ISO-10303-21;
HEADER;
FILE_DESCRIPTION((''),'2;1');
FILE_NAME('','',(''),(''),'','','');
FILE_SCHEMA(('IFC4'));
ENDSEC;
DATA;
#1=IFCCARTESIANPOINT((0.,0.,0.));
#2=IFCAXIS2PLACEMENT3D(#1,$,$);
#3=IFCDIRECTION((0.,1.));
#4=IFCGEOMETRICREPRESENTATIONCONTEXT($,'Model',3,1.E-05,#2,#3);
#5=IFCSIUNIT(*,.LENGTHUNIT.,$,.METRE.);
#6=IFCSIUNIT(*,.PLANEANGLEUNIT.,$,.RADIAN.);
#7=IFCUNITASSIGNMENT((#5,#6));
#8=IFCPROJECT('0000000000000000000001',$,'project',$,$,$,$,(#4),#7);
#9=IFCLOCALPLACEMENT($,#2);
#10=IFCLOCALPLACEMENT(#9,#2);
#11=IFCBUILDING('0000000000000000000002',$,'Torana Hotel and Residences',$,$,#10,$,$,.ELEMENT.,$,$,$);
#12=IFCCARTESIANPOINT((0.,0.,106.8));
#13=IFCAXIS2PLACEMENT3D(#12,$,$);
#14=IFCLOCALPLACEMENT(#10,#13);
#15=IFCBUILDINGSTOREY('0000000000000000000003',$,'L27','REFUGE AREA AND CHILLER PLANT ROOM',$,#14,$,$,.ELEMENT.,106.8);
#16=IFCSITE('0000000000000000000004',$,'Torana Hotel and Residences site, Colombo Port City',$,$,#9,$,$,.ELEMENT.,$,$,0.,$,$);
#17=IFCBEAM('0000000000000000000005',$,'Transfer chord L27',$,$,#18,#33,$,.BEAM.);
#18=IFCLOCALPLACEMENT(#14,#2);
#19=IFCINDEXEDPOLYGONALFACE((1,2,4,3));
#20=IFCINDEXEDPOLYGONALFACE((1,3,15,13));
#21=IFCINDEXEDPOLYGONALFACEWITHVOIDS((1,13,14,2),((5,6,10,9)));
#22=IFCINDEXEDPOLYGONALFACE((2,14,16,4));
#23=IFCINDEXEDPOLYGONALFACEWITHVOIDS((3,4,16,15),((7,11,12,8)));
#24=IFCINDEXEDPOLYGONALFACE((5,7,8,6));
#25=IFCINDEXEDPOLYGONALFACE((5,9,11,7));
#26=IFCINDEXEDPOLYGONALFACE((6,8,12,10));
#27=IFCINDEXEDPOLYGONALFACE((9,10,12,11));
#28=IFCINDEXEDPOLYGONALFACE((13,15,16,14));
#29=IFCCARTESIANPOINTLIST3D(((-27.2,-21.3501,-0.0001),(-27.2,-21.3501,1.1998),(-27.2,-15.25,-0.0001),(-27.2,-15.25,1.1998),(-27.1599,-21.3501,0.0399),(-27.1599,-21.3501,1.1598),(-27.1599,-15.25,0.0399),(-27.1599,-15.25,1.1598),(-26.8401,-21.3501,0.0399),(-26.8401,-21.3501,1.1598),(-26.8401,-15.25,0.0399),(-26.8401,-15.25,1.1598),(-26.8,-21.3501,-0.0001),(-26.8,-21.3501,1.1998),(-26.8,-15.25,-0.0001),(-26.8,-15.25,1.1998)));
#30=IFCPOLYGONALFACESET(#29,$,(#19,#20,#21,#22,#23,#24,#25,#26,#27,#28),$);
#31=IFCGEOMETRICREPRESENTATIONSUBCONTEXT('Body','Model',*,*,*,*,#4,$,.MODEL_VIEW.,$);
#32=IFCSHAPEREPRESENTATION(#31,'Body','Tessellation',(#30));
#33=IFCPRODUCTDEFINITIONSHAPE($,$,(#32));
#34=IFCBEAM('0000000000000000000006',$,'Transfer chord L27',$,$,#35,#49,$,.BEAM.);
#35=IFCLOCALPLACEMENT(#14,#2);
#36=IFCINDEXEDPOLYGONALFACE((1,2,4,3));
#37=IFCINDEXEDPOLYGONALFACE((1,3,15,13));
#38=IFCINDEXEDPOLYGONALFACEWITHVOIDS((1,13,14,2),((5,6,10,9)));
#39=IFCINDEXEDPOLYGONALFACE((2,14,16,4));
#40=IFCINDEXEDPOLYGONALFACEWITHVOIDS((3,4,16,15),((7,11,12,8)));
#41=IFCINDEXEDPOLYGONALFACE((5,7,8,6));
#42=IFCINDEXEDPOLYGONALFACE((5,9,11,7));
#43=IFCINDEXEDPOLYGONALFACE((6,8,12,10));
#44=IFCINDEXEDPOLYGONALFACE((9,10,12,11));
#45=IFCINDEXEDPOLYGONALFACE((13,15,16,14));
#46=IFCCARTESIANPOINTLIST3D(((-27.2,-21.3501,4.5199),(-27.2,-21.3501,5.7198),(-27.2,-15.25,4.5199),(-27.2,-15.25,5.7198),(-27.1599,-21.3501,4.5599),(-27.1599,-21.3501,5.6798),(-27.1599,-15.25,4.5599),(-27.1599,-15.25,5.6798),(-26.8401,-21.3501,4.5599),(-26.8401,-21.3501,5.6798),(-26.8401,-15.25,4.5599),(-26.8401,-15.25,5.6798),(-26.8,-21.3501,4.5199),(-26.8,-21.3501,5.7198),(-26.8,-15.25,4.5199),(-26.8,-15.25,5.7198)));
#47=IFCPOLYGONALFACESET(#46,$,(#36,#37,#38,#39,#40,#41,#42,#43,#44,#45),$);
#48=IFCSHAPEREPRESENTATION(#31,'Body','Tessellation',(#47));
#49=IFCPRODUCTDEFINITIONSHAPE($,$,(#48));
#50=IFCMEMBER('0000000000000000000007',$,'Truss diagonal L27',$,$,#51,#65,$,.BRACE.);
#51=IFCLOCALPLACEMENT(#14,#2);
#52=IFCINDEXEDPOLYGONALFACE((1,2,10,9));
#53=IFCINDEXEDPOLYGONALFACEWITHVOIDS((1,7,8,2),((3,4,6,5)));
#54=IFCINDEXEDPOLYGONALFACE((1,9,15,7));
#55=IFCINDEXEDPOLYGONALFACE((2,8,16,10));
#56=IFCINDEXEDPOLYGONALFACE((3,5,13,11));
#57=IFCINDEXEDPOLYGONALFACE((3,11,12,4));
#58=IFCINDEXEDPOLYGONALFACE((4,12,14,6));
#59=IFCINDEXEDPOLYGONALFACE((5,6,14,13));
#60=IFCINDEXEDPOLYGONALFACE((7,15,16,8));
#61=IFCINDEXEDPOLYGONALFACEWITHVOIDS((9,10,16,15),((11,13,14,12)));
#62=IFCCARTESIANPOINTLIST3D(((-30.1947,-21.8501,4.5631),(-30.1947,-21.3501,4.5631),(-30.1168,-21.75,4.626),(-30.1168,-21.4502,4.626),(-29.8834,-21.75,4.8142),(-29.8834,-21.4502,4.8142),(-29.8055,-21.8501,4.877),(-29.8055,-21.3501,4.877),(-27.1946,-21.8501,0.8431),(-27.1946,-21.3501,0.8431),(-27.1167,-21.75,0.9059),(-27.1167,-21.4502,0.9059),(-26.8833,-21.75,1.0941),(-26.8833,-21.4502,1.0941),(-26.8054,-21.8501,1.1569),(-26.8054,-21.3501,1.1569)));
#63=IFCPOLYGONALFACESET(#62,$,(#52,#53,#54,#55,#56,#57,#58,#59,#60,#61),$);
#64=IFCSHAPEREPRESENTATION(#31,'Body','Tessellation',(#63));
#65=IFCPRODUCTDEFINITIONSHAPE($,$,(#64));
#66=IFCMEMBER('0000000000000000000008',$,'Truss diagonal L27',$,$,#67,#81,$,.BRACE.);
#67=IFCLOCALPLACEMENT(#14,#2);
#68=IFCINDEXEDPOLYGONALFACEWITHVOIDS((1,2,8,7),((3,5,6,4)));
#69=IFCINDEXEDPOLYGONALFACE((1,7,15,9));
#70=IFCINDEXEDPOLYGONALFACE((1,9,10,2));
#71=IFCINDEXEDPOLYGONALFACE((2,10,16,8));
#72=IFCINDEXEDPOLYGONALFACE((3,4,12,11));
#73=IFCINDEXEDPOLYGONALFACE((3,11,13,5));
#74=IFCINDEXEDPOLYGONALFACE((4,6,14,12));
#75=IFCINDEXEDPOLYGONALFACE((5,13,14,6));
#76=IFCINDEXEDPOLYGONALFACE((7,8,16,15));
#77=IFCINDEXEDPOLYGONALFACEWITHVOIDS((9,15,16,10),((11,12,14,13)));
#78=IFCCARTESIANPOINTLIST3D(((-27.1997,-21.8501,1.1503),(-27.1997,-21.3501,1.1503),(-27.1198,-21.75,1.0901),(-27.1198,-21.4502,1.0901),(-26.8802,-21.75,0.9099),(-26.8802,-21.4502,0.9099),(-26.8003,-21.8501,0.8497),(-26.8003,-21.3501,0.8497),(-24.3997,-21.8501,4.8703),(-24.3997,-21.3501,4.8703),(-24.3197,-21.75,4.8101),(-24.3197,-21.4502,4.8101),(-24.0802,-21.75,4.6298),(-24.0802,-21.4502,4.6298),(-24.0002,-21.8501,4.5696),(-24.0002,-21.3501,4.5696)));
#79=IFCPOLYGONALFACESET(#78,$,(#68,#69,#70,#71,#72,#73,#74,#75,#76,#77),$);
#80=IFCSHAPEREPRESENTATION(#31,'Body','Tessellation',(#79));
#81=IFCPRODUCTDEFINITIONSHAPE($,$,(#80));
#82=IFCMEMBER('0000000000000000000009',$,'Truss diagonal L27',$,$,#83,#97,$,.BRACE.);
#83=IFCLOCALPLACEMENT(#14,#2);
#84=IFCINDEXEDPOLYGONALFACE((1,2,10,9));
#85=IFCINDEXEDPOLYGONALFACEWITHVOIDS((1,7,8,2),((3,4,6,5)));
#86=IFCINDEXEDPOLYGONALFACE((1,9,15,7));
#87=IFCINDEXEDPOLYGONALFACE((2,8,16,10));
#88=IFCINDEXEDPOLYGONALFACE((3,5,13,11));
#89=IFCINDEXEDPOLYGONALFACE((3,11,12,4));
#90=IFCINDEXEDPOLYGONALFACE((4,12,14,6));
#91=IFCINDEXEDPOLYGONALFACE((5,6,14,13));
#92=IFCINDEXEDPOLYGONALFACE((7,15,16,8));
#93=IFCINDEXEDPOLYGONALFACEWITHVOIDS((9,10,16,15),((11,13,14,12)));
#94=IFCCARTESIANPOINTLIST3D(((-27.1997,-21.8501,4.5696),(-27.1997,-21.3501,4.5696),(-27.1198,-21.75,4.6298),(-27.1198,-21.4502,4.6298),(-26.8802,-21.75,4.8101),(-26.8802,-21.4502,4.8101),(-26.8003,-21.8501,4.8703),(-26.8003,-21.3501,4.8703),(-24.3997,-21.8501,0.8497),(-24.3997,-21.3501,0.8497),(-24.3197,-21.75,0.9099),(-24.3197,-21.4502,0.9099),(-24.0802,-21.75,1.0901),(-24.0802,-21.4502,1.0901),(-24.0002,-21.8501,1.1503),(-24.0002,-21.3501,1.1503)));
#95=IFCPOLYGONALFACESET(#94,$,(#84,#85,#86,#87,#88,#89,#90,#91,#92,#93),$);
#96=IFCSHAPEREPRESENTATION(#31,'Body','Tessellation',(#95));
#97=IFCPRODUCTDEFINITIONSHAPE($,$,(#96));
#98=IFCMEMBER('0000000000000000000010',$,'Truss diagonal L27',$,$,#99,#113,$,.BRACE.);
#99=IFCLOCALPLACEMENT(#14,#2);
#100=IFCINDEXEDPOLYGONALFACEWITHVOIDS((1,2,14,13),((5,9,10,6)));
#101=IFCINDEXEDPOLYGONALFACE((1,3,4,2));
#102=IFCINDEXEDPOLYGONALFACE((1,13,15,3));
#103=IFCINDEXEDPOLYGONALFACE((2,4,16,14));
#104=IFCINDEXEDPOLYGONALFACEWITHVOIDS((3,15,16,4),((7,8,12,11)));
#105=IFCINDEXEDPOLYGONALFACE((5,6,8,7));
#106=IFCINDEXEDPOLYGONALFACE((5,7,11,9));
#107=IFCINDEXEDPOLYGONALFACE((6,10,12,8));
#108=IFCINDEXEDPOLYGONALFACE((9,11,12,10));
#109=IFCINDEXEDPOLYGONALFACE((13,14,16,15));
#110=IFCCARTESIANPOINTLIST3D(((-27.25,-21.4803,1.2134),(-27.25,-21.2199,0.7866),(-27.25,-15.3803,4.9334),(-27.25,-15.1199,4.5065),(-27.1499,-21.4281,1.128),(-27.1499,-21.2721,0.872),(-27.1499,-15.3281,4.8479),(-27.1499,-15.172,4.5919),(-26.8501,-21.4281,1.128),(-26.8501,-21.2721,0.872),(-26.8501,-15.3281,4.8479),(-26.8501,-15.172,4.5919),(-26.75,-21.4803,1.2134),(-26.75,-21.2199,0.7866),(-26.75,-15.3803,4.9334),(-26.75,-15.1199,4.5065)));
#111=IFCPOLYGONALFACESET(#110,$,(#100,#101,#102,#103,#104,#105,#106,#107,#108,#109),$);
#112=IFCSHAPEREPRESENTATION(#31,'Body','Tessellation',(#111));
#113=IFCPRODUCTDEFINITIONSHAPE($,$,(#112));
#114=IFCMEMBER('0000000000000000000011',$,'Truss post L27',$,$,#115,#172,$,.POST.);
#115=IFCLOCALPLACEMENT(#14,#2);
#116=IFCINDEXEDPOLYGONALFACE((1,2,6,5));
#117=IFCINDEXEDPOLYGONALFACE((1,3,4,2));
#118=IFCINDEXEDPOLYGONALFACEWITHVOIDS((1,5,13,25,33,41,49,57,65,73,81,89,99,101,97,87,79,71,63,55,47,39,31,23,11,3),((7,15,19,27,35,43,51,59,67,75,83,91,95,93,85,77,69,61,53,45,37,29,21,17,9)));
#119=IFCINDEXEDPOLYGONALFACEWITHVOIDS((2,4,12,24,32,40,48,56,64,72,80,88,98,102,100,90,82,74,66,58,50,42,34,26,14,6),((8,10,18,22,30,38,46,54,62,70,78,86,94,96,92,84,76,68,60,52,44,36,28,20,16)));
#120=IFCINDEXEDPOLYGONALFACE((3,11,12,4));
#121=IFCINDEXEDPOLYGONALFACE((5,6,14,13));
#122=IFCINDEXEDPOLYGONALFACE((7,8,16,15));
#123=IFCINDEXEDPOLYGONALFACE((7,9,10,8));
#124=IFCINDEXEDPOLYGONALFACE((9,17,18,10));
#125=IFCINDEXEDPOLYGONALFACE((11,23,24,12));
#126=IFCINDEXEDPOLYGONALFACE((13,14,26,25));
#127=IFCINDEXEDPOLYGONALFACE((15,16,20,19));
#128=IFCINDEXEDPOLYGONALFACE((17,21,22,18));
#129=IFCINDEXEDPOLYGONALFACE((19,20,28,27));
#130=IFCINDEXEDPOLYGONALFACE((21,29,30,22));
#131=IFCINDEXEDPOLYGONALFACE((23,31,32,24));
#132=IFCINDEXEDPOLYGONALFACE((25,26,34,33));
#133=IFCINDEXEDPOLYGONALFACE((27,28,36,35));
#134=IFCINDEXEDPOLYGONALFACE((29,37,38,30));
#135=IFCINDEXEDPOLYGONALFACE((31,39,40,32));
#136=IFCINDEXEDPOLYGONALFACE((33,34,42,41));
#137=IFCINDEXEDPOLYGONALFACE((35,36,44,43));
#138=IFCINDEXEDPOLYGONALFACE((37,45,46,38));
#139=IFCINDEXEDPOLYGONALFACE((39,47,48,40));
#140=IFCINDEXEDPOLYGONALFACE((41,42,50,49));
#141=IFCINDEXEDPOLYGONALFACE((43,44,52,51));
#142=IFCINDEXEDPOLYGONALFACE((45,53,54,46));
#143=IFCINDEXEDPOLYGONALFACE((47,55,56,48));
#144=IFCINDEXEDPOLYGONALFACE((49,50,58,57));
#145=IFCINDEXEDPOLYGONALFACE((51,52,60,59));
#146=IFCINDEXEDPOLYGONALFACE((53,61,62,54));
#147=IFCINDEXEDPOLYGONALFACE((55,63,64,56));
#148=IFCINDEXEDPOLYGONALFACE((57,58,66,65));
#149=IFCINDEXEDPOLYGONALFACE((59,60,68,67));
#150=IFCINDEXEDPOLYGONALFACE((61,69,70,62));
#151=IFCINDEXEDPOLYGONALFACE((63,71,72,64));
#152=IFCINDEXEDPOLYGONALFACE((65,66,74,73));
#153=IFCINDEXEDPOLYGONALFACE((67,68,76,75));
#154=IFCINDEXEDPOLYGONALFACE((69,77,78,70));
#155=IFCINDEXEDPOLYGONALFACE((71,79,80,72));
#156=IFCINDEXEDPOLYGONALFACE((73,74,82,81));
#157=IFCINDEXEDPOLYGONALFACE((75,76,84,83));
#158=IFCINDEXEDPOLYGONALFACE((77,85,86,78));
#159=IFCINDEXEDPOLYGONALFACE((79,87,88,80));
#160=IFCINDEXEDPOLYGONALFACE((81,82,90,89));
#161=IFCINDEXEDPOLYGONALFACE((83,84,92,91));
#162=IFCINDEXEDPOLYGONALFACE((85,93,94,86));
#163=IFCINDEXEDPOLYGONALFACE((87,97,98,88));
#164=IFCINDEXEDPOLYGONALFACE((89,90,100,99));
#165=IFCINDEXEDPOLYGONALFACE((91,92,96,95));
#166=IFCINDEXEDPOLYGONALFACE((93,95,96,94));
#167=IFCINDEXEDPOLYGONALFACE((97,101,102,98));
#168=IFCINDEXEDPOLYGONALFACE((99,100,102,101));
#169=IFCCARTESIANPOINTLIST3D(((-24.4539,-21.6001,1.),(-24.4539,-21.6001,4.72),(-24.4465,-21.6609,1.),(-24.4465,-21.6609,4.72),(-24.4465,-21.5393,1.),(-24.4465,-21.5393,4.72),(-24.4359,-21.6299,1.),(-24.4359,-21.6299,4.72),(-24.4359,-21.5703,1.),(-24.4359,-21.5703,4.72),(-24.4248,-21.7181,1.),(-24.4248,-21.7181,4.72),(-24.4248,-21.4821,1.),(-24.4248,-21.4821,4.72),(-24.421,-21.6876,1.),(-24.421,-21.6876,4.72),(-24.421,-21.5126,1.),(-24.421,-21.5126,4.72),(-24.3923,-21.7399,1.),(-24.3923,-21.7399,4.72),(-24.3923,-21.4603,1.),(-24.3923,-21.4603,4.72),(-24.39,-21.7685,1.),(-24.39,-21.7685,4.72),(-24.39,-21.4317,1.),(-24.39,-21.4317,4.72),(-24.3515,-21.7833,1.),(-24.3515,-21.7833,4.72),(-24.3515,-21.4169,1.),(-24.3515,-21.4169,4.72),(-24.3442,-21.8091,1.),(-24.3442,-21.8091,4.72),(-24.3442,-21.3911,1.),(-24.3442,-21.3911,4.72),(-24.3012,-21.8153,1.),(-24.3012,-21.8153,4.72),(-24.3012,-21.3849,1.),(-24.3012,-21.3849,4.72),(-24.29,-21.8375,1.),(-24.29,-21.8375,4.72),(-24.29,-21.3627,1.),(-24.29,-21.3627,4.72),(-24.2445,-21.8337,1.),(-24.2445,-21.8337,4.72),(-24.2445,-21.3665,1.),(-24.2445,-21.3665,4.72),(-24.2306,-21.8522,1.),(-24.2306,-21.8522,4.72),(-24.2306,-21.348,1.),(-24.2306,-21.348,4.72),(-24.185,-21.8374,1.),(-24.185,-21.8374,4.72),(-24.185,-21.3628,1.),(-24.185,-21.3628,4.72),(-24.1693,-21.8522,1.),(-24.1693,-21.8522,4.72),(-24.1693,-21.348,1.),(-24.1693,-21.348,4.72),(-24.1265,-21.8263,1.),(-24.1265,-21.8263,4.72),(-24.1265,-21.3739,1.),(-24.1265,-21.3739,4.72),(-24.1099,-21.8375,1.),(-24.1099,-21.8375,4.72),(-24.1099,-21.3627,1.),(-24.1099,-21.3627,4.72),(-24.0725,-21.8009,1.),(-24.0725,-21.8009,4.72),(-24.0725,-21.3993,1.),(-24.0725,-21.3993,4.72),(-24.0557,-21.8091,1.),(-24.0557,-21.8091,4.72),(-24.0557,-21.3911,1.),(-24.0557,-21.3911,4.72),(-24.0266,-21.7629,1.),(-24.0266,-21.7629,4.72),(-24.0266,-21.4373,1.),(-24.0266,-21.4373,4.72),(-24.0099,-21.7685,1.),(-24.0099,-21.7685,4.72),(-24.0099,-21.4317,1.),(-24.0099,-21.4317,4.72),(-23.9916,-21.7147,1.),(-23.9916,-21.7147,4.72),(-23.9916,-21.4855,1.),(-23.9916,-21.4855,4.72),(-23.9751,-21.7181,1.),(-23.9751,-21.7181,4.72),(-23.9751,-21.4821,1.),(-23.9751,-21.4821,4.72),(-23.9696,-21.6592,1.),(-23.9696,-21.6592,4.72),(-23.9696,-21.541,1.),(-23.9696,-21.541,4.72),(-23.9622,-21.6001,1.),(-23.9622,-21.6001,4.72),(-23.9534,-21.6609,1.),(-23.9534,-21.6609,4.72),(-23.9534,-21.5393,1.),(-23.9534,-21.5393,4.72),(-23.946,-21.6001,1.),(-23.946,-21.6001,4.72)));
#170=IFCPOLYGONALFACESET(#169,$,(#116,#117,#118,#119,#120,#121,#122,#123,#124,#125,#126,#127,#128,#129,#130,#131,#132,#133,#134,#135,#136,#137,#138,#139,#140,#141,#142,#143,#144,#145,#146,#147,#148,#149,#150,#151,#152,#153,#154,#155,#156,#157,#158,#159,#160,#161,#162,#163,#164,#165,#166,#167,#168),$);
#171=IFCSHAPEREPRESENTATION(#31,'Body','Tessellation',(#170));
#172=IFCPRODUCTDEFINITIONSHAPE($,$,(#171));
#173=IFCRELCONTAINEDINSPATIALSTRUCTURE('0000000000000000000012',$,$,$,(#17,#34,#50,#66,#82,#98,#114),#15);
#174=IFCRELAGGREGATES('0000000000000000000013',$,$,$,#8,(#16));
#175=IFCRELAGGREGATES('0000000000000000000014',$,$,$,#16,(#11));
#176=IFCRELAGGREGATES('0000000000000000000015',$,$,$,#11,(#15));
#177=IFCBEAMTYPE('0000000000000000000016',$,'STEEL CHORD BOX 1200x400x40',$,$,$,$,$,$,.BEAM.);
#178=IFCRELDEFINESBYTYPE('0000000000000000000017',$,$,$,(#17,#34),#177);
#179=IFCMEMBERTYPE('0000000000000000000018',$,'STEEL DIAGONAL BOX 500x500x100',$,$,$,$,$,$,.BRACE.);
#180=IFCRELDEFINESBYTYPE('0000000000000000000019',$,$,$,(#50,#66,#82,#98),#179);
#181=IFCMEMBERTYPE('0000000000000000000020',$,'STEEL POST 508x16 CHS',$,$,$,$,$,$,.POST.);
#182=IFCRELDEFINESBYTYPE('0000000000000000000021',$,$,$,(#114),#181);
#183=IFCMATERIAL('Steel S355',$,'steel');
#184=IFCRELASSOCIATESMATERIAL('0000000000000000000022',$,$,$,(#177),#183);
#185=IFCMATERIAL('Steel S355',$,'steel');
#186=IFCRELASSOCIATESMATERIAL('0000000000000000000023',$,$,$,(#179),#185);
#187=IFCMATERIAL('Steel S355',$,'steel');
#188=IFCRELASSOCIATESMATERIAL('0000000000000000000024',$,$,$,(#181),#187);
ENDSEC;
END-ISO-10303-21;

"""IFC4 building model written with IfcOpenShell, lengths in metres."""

from ifc_helpers import new_model, si_unit, direction, frame, origin, origin_2d, place, context, subcontext, project, spatial, hollow_rectangle, hollow_circle, extrude, material, material_profile, profile_set, type_object, element, save


model = new_model("IFC4")

# Units and contexts
model_context = context("Model", 3, precision=1e-05, world=origin(), true_north=direction((0.0, 1.0)))
body_context = subcontext(model_context, "Body", "Model", "MODEL_VIEW")
ifc_project = project(units=[si_unit("LENGTHUNIT", "METRE"), si_unit("PLANEANGLEUNIT", "RADIAN")], contexts=[model_context])

# Site, building, storey
site_placement = place(None, origin())
site = spatial("IfcSite", under=ifc_project, at=site_placement, Name="Torana Hotel and Residences site, Colombo Port City", CompositionType="ELEMENT", RefElevation=0.0)
building_placement = place(site_placement, origin())
building = spatial("IfcBuilding", under=site, at=building_placement, Name="Torana Hotel and Residences", CompositionType="ELEMENT")
storey_placement = place(building_placement, frame((0.0, 0.0, 106.8)))
storey = spatial("IfcBuildingStorey", under=building, at=storey_placement, Name="L27", Description="REFUGE AREA AND CHILLER PLANT ROOM", CompositionType="ELEMENT", Elevation=106.8)

# Beams
ifc_material_1 = material(Name="Steel S355", Category="steel")
ifc_material_profile_1 = material_profile(ifc_material_1, hollow_rectangle(XDim=0.3999, YDim=1.2, WallThickness=0.04, at=origin_2d()), Name="BOX 1200x400x40")
ifc_profile_set_1 = profile_set([ifc_material_profile_1], Name="Steel S355")
beam_type = type_object("IfcBeamType", Name="STEEL CHORD BOX 1200x400x40", PredefinedType="BEAM", material=ifc_profile_set_1)
for number, where, z_axis, x_axis, name in (
    (1, (-27.0, -21.3501, 0.5999), (0.0, 1.0, 0.0), (-1.0, 0.0, 0.0), "Transfer chord L27"),
    (2, (-27.0, -21.3501, 5.1199), (0.0, 1.0, 0.0), (-1.0, 0.0, 0.0), "Transfer chord L27"),
):
    element("IfcBeam", number, at=place(storey_placement, frame(where, z_axis=z_axis, x_axis=x_axis)), inside=storey, type_object=beam_type, Name=name, PredefinedType="BEAM", context=body_context, shape_type="SweptSolid", body=[
        extrude(hollow_rectangle(XDim=0.3999, YDim=1.2, WallThickness=0.04, at=origin_2d()), origin(), (0.0, 0.0, 1.0), 6.1001),
    ])

# Members
ifc_material_2 = material(Name="Steel S355", Category="steel")
ifc_material_profile_2 = material_profile(ifc_material_2, hollow_rectangle(XDim=0.5, YDim=0.5, WallThickness=0.1001, at=origin_2d()), Name="BOX 500x500x100")
ifc_profile_set_2 = profile_set([ifc_material_profile_2], Name="Steel S355")
member_type_1 = type_object("IfcMemberType", Name="STEEL DIAGONAL BOX 500x500x100", PredefinedType="BRACE", material=ifc_profile_set_2)
member_1_placement = place(storey_placement, frame((-27.0, -21.6001, 1.0), z_axis=(-0.627755, 0.0, 0.778411), x_axis=(0.0, -1.0, 0.0)))
element("IfcMember", 3, at=member_1_placement, inside=storey, type_object=member_type_1, Name="Truss diagonal L27", PredefinedType="BRACE", context=body_context, shape_type="SweptSolid", body=[
    extrude(hollow_rectangle(XDim=0.5, YDim=0.5, WallThickness=0.1001, at=origin_2d()), origin(), (0.0, 0.0, 1.0), 4.7791),
])
for number, where, z_axis, x_axis, name in (
    (4, (-27.0, -21.6001, 1.0), (0.601383, 0.0, 0.798961), (0.0, 1.0, 0.0), "Truss diagonal L27"),
    (5, (-24.2, -21.6001, 1.0), (-0.601383, 0.0, 0.798961), (0.0, -1.0, 0.0), "Truss diagonal L27"),
):
    element("IfcMember", number, at=place(storey_placement, frame(where, z_axis=z_axis, x_axis=x_axis)), inside=storey, type_object=member_type_1, Name=name, PredefinedType="BRACE", context=body_context, shape_type="SweptSolid", body=[
        extrude(hollow_rectangle(XDim=0.5, YDim=0.5, WallThickness=0.1001, at=origin_2d()), origin(), (0.0, 0.0, 1.0), 4.656),
    ])
member_2_placement = place(storey_placement, frame((-27.0, -21.3501, 1.0), z_axis=(0.0, 0.853771, 0.520648), x_axis=(-1.0, 0.0, 0.0)))
element("IfcMember", 6, at=member_2_placement, inside=storey, type_object=member_type_1, Name="Truss diagonal L27", PredefinedType="BRACE", context=body_context, shape_type="SweptSolid", body=[
    extrude(hollow_rectangle(XDim=0.5, YDim=0.5, WallThickness=0.1001, at=origin_2d()), origin(), (0.0, 0.0, 1.0), 7.1448),
])
ifc_material_3 = material(Name="Steel S355", Category="steel")
ifc_material_profile_3 = material_profile(ifc_material_3, hollow_circle(Radius=0.2539, WallThickness=0.0161, at=origin_2d()), Name="508x16 CHS")
ifc_profile_set_3 = profile_set([ifc_material_profile_3], Name="Steel S355")
member_type_2 = type_object("IfcMemberType", Name="STEEL POST 508x16 CHS", PredefinedType="POST", material=ifc_profile_set_3)
for number, where, z_axis, x_axis, name in (
    (7, (-24.2, -21.6001, 1.0), (0.0, 0.0, 1.0), (1.0, 0.0, 0.0), "Truss post L27"),
):
    element("IfcMember", number, at=place(storey_placement, frame(where, z_axis=z_axis, x_axis=x_axis)), inside=storey, type_object=member_type_2, Name=name, PredefinedType="POST", context=body_context, shape_type="SweptSolid", body=[
        extrude(hollow_circle(Radius=0.2539, WallThickness=0.0161, at=origin_2d()), origin(), (0.0, 0.0, 1.0), 3.72),
    ])

save(model, "model.ifc")
